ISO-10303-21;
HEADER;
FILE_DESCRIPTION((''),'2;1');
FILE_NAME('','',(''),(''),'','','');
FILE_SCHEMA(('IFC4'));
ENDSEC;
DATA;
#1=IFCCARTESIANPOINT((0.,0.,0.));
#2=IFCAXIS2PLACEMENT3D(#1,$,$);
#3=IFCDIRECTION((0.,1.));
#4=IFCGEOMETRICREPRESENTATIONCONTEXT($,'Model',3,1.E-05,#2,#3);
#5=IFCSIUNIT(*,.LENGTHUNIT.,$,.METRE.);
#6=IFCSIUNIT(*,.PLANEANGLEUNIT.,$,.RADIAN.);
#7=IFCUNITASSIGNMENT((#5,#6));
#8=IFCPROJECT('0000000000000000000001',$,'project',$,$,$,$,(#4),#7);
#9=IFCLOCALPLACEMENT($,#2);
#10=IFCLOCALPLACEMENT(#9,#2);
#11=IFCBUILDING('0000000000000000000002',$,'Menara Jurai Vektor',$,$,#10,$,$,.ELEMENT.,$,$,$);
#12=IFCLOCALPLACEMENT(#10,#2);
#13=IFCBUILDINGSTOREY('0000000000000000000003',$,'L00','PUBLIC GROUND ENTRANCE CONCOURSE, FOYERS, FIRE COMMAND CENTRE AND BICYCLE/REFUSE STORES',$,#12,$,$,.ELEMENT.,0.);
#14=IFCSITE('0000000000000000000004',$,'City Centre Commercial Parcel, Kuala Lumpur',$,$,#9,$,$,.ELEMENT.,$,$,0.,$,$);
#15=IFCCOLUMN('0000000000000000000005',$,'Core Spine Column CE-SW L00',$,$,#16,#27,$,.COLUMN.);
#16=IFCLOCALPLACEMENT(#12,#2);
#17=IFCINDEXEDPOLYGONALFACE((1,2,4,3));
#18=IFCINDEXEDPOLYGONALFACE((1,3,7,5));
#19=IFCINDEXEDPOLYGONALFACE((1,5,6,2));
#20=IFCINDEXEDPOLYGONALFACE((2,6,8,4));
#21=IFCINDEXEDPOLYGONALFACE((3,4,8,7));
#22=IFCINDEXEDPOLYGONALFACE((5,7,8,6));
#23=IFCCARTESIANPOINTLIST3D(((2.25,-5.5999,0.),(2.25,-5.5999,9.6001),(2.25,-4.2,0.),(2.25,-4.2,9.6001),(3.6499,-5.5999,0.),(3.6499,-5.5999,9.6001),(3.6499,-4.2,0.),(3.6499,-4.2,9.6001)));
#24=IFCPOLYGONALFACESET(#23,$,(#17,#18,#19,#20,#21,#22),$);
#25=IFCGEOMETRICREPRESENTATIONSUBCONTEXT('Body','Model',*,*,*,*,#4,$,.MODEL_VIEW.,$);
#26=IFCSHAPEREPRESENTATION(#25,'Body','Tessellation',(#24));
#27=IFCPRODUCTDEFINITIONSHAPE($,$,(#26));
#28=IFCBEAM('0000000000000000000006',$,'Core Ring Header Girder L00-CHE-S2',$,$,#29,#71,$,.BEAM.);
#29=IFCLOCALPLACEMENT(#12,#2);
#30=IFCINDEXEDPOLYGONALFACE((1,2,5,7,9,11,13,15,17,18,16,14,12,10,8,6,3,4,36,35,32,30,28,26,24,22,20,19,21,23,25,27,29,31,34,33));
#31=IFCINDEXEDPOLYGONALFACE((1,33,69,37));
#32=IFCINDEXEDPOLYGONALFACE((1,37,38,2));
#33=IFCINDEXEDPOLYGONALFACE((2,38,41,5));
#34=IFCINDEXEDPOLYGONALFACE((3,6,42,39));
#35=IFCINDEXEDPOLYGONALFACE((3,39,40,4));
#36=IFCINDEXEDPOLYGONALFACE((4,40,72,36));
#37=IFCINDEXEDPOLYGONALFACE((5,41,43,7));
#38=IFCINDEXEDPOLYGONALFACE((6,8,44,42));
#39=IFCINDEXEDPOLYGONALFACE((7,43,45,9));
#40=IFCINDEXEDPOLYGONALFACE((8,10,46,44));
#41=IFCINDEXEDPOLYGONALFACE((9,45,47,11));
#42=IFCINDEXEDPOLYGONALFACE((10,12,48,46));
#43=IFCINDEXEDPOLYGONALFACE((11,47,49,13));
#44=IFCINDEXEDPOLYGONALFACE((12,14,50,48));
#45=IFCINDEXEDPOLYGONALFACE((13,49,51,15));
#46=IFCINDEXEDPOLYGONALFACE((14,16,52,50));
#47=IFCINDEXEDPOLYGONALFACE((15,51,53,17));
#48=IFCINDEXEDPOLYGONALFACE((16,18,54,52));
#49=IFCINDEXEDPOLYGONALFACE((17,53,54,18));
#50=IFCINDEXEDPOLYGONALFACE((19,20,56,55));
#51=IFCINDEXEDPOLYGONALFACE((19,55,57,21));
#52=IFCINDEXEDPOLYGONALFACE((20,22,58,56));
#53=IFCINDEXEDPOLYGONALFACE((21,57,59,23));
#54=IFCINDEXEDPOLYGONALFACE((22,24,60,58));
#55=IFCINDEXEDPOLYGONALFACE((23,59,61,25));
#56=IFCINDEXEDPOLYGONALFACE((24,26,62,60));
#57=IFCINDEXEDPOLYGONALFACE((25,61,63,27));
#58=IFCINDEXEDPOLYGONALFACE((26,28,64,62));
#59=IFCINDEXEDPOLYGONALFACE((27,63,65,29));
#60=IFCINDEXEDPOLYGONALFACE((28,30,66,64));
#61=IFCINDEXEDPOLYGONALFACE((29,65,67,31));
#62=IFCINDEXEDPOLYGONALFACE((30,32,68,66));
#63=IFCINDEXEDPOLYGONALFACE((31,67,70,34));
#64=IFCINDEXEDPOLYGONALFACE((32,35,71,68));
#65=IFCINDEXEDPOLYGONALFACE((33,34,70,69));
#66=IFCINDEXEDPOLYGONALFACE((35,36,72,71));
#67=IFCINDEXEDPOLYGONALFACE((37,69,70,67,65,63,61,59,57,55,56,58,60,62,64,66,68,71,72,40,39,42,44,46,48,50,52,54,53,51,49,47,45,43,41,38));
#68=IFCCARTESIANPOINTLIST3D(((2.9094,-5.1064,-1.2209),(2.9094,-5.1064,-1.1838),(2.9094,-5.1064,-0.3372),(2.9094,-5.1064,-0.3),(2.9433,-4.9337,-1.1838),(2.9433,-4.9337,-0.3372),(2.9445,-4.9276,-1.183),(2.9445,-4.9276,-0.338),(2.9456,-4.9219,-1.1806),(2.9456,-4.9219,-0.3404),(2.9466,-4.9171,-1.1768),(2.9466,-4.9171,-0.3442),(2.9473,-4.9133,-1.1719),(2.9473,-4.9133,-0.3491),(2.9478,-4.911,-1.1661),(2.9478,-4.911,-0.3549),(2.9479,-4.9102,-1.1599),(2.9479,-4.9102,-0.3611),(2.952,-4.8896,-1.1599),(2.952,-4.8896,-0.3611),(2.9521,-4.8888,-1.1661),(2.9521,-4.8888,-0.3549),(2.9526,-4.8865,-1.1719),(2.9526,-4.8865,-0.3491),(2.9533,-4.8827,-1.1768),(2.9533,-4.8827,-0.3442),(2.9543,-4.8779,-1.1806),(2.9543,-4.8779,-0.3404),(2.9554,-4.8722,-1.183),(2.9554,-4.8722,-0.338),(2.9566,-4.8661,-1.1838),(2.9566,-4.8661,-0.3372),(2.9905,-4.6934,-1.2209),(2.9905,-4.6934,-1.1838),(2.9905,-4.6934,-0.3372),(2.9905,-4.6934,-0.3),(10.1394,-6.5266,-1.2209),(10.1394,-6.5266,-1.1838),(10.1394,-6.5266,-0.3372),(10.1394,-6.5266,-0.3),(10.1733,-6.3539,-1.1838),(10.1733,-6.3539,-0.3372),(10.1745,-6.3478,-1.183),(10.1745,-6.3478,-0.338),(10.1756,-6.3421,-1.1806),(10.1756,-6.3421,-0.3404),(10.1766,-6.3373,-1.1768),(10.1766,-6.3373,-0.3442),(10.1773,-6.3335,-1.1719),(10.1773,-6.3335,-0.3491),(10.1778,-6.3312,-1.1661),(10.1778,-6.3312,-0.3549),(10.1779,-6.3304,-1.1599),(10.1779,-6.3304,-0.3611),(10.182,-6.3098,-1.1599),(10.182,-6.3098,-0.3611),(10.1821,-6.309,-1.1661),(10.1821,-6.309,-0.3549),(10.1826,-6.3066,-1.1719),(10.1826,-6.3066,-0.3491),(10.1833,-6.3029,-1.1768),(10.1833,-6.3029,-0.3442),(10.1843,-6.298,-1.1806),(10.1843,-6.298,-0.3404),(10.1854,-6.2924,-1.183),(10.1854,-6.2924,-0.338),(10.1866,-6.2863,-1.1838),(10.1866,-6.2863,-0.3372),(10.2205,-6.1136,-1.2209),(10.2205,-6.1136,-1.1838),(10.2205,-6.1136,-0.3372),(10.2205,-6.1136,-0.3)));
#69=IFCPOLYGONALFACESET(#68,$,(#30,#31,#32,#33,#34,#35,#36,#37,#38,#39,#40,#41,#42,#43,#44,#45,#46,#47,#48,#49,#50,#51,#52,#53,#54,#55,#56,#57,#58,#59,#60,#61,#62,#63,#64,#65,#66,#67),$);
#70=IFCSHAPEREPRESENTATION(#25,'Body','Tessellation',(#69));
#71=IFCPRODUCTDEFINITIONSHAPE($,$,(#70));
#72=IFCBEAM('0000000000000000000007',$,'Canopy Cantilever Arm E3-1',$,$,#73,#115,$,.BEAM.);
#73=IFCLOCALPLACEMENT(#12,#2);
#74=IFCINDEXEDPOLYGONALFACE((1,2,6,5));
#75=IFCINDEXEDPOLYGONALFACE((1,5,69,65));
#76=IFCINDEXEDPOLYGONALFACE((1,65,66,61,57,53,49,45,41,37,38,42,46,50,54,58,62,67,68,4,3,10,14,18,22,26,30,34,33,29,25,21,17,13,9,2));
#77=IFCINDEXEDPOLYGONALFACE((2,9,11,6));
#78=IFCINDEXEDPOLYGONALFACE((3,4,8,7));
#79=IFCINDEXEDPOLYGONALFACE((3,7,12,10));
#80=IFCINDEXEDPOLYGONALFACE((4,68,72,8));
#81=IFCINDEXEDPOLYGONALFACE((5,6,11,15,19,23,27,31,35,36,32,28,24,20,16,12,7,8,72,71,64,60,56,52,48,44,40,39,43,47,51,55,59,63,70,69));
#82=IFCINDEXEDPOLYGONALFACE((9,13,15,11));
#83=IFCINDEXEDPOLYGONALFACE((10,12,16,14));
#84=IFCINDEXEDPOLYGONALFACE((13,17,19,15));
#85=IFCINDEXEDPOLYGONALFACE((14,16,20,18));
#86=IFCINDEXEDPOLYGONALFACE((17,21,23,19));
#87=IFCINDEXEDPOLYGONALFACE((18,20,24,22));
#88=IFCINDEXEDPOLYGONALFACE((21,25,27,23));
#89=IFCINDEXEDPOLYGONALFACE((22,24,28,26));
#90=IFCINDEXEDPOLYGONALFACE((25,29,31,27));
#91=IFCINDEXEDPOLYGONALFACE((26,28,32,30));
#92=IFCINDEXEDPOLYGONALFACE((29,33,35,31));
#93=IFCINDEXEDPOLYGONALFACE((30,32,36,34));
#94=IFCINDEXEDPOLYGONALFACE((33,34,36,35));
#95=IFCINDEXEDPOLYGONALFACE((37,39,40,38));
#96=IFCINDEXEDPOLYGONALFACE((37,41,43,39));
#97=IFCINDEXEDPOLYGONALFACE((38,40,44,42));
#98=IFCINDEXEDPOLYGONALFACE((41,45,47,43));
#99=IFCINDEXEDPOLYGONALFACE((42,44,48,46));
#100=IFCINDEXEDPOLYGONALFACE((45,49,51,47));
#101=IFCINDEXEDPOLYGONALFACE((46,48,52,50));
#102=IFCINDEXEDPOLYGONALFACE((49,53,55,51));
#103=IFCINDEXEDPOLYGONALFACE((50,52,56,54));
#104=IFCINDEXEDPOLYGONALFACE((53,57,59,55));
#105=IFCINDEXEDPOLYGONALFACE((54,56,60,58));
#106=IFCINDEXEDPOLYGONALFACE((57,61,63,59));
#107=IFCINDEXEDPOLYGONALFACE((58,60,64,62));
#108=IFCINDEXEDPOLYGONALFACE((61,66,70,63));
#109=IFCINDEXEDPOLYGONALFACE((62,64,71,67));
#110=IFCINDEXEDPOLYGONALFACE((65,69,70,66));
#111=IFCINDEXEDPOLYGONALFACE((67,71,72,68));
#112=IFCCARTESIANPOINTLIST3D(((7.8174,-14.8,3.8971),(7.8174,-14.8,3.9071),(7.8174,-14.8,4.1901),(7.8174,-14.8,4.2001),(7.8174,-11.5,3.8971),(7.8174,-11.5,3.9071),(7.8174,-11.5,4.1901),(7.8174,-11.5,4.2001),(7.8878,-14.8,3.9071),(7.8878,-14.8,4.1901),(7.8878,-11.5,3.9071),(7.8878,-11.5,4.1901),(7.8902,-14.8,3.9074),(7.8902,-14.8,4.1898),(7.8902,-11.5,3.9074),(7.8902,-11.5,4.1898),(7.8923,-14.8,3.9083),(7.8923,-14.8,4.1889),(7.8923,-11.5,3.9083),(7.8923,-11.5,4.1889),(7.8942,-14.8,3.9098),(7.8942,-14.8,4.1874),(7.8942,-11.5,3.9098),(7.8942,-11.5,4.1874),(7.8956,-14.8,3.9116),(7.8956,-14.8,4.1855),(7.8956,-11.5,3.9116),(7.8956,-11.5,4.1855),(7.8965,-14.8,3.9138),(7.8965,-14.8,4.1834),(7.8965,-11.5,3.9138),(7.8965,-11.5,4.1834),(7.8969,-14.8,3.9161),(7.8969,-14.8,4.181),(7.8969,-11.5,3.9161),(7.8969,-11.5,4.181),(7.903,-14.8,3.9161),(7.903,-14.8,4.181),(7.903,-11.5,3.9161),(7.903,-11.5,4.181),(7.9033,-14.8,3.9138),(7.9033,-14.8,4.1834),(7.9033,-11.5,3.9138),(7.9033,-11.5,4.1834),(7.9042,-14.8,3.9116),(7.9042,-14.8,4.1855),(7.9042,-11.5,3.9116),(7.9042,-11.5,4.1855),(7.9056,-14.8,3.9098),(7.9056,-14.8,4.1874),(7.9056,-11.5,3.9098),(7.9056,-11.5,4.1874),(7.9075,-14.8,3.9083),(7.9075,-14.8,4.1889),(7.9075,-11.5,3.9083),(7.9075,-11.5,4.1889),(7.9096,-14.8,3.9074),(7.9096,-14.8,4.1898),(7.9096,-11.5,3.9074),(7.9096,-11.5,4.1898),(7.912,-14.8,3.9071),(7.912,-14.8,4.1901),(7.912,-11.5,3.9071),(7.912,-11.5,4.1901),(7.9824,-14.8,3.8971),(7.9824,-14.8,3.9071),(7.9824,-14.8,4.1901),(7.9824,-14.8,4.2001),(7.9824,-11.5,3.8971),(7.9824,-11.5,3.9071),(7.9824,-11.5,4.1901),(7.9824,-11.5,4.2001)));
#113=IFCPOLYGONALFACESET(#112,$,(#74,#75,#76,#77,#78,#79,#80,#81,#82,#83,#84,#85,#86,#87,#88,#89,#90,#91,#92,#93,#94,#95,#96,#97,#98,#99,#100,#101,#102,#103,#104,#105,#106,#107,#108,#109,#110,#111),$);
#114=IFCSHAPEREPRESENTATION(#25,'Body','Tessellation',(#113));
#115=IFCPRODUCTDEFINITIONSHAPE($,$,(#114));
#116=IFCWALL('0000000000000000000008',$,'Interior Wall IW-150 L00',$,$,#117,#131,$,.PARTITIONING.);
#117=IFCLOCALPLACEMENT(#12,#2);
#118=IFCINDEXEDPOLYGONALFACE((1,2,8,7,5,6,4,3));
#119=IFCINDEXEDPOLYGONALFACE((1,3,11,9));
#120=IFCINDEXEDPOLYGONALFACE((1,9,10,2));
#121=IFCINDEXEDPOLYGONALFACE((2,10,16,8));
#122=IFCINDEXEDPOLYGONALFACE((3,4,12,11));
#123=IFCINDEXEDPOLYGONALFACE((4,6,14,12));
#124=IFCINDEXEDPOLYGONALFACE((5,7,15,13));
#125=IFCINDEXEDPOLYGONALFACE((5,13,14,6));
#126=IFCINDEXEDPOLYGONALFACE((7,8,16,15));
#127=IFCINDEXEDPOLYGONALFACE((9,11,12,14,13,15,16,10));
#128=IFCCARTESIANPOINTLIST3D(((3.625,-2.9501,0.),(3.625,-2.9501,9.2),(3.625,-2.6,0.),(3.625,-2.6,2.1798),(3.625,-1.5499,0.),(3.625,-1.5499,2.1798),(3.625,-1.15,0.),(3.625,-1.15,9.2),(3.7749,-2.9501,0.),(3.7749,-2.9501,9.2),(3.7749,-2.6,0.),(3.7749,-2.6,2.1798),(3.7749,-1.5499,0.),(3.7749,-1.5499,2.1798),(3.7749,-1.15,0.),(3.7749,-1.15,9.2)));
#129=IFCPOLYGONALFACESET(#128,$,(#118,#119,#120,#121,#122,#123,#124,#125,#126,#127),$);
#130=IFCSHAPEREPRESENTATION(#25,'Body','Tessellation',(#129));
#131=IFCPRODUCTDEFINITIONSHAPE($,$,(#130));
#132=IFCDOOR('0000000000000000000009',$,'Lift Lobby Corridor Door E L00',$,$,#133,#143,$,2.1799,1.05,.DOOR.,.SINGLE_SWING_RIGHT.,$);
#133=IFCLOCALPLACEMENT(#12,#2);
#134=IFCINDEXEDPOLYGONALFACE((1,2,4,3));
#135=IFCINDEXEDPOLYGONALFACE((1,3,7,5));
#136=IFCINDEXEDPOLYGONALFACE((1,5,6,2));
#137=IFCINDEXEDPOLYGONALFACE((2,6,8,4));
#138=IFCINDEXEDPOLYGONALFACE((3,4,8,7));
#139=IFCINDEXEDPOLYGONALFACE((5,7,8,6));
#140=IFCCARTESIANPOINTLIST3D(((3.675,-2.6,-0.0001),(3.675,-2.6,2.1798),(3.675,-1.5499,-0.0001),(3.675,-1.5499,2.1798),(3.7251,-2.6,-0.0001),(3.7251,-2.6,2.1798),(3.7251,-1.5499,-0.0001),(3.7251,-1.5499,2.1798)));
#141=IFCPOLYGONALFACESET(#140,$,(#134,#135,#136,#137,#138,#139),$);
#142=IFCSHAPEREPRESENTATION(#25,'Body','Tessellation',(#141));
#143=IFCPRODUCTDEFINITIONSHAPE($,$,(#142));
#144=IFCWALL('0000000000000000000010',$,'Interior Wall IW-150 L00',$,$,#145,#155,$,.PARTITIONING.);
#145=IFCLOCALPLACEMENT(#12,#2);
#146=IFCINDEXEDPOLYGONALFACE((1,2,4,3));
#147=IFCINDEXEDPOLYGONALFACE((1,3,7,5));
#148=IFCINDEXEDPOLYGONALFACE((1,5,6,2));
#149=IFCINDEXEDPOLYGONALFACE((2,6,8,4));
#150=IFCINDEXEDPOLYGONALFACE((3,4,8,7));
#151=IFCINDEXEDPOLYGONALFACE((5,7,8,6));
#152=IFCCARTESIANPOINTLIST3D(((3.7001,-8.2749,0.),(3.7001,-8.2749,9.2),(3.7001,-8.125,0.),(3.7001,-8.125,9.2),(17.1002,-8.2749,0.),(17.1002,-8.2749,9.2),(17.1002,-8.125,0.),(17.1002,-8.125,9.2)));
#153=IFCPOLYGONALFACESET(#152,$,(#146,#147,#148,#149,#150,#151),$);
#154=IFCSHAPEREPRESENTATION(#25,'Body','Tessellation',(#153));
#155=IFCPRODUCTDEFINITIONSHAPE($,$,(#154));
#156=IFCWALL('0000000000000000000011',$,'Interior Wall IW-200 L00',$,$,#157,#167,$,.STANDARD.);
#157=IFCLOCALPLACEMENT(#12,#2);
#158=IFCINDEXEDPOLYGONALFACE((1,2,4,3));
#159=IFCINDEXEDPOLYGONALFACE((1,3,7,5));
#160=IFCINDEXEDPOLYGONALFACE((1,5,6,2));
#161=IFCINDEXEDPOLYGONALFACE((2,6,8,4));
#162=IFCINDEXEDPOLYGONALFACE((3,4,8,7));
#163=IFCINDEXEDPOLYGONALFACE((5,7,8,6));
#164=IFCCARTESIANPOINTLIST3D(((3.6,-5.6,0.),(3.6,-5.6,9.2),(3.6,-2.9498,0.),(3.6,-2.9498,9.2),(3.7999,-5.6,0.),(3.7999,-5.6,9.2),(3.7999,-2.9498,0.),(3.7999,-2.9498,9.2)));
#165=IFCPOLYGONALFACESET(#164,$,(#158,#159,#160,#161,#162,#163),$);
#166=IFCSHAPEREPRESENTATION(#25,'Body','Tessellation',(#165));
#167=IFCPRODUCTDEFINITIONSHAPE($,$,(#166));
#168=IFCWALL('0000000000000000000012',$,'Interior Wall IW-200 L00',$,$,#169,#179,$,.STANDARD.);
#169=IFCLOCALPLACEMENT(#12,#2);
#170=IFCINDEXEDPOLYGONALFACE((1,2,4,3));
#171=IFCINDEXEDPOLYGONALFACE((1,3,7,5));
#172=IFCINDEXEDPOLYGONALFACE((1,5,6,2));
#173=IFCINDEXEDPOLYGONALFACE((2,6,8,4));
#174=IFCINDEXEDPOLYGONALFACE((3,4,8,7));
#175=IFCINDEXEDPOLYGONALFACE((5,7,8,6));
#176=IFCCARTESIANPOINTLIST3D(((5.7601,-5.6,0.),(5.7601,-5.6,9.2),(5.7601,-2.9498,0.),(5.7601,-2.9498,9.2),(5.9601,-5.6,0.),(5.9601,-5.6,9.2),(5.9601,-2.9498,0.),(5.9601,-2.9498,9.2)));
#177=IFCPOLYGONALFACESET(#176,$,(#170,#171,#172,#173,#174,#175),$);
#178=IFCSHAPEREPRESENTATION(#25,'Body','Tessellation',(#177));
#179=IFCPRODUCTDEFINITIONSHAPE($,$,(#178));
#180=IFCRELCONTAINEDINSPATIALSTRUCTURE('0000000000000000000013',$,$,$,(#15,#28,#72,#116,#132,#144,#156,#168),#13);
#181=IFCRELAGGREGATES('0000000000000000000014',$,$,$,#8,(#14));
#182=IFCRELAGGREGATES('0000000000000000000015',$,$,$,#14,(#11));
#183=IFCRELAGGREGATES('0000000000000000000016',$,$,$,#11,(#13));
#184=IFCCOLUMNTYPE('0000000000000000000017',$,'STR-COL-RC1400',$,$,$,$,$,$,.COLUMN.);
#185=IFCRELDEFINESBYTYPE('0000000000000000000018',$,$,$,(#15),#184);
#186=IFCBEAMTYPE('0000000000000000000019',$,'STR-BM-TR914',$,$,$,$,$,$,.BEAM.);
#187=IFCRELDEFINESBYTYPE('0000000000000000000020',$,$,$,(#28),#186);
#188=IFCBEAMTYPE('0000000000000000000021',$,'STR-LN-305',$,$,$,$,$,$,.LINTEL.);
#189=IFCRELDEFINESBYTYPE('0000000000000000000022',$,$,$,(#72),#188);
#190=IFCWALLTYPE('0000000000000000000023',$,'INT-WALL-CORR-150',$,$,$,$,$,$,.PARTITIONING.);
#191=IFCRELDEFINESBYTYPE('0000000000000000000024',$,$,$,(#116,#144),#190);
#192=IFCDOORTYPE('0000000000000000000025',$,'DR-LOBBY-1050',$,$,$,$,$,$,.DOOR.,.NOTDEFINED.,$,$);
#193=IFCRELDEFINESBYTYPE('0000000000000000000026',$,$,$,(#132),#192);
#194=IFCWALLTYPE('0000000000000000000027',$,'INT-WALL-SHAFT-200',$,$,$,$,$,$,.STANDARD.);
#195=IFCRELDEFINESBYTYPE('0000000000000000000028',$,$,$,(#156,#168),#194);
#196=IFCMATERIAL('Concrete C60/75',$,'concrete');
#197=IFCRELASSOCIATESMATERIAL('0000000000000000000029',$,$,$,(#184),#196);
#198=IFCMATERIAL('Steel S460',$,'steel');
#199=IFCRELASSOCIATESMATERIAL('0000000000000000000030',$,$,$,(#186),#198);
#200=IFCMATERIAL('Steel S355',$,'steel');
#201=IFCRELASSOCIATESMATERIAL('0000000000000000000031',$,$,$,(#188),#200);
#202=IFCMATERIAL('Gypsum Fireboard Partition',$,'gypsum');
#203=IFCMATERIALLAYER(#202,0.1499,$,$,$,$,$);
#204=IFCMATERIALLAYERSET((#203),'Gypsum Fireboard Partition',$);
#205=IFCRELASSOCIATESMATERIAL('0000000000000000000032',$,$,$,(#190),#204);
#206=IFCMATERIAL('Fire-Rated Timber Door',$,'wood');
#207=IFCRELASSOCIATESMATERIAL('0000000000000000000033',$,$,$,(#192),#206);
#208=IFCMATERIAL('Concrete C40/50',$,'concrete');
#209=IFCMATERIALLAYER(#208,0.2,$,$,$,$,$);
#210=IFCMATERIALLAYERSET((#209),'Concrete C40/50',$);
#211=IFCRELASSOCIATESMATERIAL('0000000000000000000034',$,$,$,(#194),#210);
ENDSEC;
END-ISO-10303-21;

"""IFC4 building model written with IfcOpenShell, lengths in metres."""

from ifc_helpers import new_model, si_unit, direction, frame, frame_2d, origin, origin_2d, place, context, subcontext, project, spatial, rectangle, i_section, extrude, material, layer, layer_set, material_profile, profile_set, type_object, element, fill, save


model = new_model("IFC4")

# Units and contexts
model_context = context("Model", 3, precision=1e-05, world=origin(), true_north=direction((0.0, 1.0)))
body_context = subcontext(model_context, "Body", "Model", "MODEL_VIEW")
ifc_project = project(units=[si_unit("LENGTHUNIT", "METRE"), si_unit("PLANEANGLEUNIT", "RADIAN")], contexts=[model_context])

# Site, building, storey
site_placement = place(None, origin())
site = spatial("IfcSite", under=ifc_project, at=site_placement, Name="City Centre Commercial Parcel, Kuala Lumpur", CompositionType="ELEMENT", RefElevation=0.0)
building_placement = place(site_placement, origin())
building = spatial("IfcBuilding", under=site, at=building_placement, Name="Menara Jurai Vektor", CompositionType="ELEMENT")
storey_placement = place(building_placement, origin())
storey = spatial("IfcBuildingStorey", under=building, at=storey_placement, Name="L00", Description="PUBLIC GROUND ENTRANCE CONCOURSE, FOYERS, FIRE COMMAND CENTRE AND BICYCLE/REFUSE STORES", CompositionType="ELEMENT", Elevation=0.0)

# Column
ifc_material_1 = material(Name="Concrete C60/75", Category="concrete")
ifc_material_profile_1 = material_profile(ifc_material_1, rectangle(XDim=1.3999, YDim=1.3999, at=origin_2d()), Name="RC 1400x1400")
ifc_profile_set_1 = profile_set([ifc_material_profile_1], Name="Concrete C60/75")
column_type = type_object("IfcColumnType", Name="STR-COL-RC1400", PredefinedType="COLUMN", material=ifc_profile_set_1)
column_placement = place(storey_placement, frame((2.95, -4.8999, 0.0), z_axis=(0.0, 0.0, 1.0), x_axis=(1.0, 0.0, 0.0)))
element("IfcColumn", 1, at=column_placement, inside=storey, type_object=column_type, Name="Core Spine Column CE-SW L00", PredefinedType="COLUMN", context=body_context, shape_type="SweptSolid", body=[
    extrude(rectangle(XDim=1.3999, YDim=1.3999, at=origin_2d()), origin(), (0.0, 0.0, 1.0), 9.6001),
])

# Beams
ifc_material_2 = material(Name="Steel S460", Category="steel")
ifc_material_profile_2 = material_profile(ifc_material_2, i_section(OverallWidth=0.4209, OverallDepth=0.9209, WebThickness=0.021, FlangeThickness=0.0371, FilletRadius=0.0239, at=origin_2d()), Name="UKB 914x419x388")
ifc_profile_set_2 = profile_set([ifc_material_profile_2], Name="Steel S460")
beam_type_1 = type_object("IfcBeamType", Name="STR-BM-TR914", PredefinedType="BEAM", material=ifc_profile_set_2)
beam_1_placement = place(storey_placement, frame((2.95, -4.8999, -0.7605), z_axis=(0.981249, -0.192744, 0.0), x_axis=(0.192744, 0.981249, 0.0)))
element("IfcBeam", 2, at=beam_1_placement, inside=storey, type_object=beam_type_1, Name="Core Ring Header Girder L00-CHE-S2", PredefinedType="BEAM", context=body_context, shape_type="SweptSolid", body=[
    extrude(i_section(OverallWidth=0.4209, OverallDepth=0.9209, WebThickness=0.021, FlangeThickness=0.0371, FilletRadius=0.0239, at=origin_2d()), origin(), (0.0, 0.0, 1.0), 7.3682),
])
ifc_material_3 = material(Name="Steel S355", Category="steel")
ifc_material_profile_3 = material_profile(ifc_material_3, i_section(OverallWidth=0.165, OverallDepth=0.303, WebThickness=0.0061, FlangeThickness=0.01, FilletRadius=0.009, at=origin_2d()), Name="UKB 305x165x40")
ifc_profile_set_3 = profile_set([ifc_material_profile_3], Name="Steel S355")
beam_type_2 = type_object("IfcBeamType", Name="STR-LN-305", PredefinedType="LINTEL", material=ifc_profile_set_3)
beam_2_placement = place(storey_placement, frame((7.8999, -11.5, 4.0486), z_axis=(0.0, -1.0, 0.0), x_axis=(1.0, 0.0, 0.0)))
element("IfcBeam", 3, at=beam_2_placement, inside=storey, type_object=beam_type_2, Name="Canopy Cantilever Arm E3-1", PredefinedType="BEAM", context=body_context, shape_type="SweptSolid", body=[
    extrude(i_section(OverallWidth=0.165, OverallDepth=0.303, WebThickness=0.0061, FlangeThickness=0.01, FilletRadius=0.009, at=origin_2d()), origin(), (0.0, 0.0, 1.0), 3.3),
])

# Wall, opening, door
ifc_material_4 = material(Name="Gypsum Fireboard Partition", Category="gypsum")
ifc_layer_1 = layer(ifc_material_4, 0.1499)
ifc_layer_set_1 = layer_set([ifc_layer_1], Name="Gypsum Fireboard Partition")
wall_type_1 = type_object("IfcWallType", Name="INT-WALL-CORR-150", PredefinedType="PARTITIONING", material=ifc_layer_set_1)
wall_1_placement = place(storey_placement, frame((3.7, -2.95, 0.0), z_axis=(0.0, 0.0, 1.0), x_axis=(0.0, 1.0, 0.0)))
wall_1 = element("IfcWall", 4, at=wall_1_placement, inside=storey, type_object=wall_type_1, Name="Interior Wall IW-150 L00", PredefinedType="PARTITIONING", context=body_context, shape_type="SweptSolid", body=[
    extrude(rectangle(XDim=1.8, YDim=0.1499, at=frame_2d((0.8999, 0.0))), origin(), (0.0, 0.0, 1.0), 9.2),
])
opening_placement = place(wall_1_placement, frame((0.3501, 0.0, 0.0)))
opening = element("IfcOpeningElement", 5, at=opening_placement, cuts=wall_1, PredefinedType="OPENING", context=body_context, shape_type="SweptSolid", body=[
    extrude(rectangle(XDim=1.05, YDim=2.1799, at=frame_2d((0.5249, 1.0898))), frame((0.0, 0.085, 0.0), z_axis=(0.0, -1.0, 0.0), x_axis=(1.0, 0.0, 0.0)), (0.0, 0.0, 1.0), 0.1699),
])
ifc_material_5 = material(Name="Fire-Rated Timber Door", Category="wood")
door_type = type_object("IfcDoorType", Name="DR-LOBBY-1050", OperationType="NOTDEFINED", PredefinedType="DOOR", material=ifc_material_5)
door_placement = place(opening_placement, origin())
door = element("IfcDoor", 6, at=door_placement, inside=storey, type_object=door_type, Name="Lift Lobby Corridor Door E L00", OperationType="SINGLE_SWING_RIGHT", OverallHeight=2.1799, OverallWidth=1.05, PredefinedType="DOOR", context=body_context, shape_type="SweptSolid", body=[
    extrude(rectangle(XDim=1.05, YDim=2.1799, at=frame_2d((0.5249, 1.0898))), frame((0.0, 0.0249, 0.0), z_axis=(0.0, -1.0, 0.0), x_axis=(1.0, 0.0, 0.0)), (0.0, 0.0, 1.0), 0.05),
])
fill(opening, door)

# Walls
wall_2_placement = place(storey_placement, frame((3.7, -8.2, 0.0), z_axis=(0.0, 0.0, 1.0), x_axis=(1.0, 0.0, 0.0)))
element("IfcWall", 7, at=wall_2_placement, inside=storey, type_object=wall_type_1, Name="Interior Wall IW-150 L00", PredefinedType="PARTITIONING", context=body_context, shape_type="SweptSolid", body=[
    extrude(rectangle(XDim=13.4001, YDim=0.1499, at=frame_2d((6.7002, 0.0))), origin(), (0.0, 0.0, 1.0), 9.2),
])
ifc_material_6 = material(Name="Concrete C40/50", Category="concrete")
ifc_layer_2 = layer(ifc_material_6, 0.2)
ifc_layer_set_2 = layer_set([ifc_layer_2], Name="Concrete C40/50")
wall_type_2 = type_object("IfcWallType", Name="INT-WALL-SHAFT-200", PredefinedType="STANDARD", material=ifc_layer_set_2)
for number, where, z_axis, x_axis, name in (
    (8, (3.7, -5.6001, 0.0), (0.0, 0.0, 1.0), (0.0, 1.0, 0.0), "Interior Wall IW-200 L00"),
    (9, (5.8601, -5.6001, 0.0), (0.0, 0.0, 1.0), (0.0, 1.0, 0.0), "Interior Wall IW-200 L00"),
):
    element("IfcWall", number, at=place(storey_placement, frame(where, z_axis=z_axis, x_axis=x_axis)), inside=storey, type_object=wall_type_2, Name=name, PredefinedType="STANDARD", context=body_context, shape_type="SweptSolid", body=[
        extrude(rectangle(XDim=2.6501, YDim=0.2, at=frame_2d((1.3252, 0.0))), origin(), (0.0, 0.0, 1.0), 9.2),
    ])

save(model, "model.ifc")
